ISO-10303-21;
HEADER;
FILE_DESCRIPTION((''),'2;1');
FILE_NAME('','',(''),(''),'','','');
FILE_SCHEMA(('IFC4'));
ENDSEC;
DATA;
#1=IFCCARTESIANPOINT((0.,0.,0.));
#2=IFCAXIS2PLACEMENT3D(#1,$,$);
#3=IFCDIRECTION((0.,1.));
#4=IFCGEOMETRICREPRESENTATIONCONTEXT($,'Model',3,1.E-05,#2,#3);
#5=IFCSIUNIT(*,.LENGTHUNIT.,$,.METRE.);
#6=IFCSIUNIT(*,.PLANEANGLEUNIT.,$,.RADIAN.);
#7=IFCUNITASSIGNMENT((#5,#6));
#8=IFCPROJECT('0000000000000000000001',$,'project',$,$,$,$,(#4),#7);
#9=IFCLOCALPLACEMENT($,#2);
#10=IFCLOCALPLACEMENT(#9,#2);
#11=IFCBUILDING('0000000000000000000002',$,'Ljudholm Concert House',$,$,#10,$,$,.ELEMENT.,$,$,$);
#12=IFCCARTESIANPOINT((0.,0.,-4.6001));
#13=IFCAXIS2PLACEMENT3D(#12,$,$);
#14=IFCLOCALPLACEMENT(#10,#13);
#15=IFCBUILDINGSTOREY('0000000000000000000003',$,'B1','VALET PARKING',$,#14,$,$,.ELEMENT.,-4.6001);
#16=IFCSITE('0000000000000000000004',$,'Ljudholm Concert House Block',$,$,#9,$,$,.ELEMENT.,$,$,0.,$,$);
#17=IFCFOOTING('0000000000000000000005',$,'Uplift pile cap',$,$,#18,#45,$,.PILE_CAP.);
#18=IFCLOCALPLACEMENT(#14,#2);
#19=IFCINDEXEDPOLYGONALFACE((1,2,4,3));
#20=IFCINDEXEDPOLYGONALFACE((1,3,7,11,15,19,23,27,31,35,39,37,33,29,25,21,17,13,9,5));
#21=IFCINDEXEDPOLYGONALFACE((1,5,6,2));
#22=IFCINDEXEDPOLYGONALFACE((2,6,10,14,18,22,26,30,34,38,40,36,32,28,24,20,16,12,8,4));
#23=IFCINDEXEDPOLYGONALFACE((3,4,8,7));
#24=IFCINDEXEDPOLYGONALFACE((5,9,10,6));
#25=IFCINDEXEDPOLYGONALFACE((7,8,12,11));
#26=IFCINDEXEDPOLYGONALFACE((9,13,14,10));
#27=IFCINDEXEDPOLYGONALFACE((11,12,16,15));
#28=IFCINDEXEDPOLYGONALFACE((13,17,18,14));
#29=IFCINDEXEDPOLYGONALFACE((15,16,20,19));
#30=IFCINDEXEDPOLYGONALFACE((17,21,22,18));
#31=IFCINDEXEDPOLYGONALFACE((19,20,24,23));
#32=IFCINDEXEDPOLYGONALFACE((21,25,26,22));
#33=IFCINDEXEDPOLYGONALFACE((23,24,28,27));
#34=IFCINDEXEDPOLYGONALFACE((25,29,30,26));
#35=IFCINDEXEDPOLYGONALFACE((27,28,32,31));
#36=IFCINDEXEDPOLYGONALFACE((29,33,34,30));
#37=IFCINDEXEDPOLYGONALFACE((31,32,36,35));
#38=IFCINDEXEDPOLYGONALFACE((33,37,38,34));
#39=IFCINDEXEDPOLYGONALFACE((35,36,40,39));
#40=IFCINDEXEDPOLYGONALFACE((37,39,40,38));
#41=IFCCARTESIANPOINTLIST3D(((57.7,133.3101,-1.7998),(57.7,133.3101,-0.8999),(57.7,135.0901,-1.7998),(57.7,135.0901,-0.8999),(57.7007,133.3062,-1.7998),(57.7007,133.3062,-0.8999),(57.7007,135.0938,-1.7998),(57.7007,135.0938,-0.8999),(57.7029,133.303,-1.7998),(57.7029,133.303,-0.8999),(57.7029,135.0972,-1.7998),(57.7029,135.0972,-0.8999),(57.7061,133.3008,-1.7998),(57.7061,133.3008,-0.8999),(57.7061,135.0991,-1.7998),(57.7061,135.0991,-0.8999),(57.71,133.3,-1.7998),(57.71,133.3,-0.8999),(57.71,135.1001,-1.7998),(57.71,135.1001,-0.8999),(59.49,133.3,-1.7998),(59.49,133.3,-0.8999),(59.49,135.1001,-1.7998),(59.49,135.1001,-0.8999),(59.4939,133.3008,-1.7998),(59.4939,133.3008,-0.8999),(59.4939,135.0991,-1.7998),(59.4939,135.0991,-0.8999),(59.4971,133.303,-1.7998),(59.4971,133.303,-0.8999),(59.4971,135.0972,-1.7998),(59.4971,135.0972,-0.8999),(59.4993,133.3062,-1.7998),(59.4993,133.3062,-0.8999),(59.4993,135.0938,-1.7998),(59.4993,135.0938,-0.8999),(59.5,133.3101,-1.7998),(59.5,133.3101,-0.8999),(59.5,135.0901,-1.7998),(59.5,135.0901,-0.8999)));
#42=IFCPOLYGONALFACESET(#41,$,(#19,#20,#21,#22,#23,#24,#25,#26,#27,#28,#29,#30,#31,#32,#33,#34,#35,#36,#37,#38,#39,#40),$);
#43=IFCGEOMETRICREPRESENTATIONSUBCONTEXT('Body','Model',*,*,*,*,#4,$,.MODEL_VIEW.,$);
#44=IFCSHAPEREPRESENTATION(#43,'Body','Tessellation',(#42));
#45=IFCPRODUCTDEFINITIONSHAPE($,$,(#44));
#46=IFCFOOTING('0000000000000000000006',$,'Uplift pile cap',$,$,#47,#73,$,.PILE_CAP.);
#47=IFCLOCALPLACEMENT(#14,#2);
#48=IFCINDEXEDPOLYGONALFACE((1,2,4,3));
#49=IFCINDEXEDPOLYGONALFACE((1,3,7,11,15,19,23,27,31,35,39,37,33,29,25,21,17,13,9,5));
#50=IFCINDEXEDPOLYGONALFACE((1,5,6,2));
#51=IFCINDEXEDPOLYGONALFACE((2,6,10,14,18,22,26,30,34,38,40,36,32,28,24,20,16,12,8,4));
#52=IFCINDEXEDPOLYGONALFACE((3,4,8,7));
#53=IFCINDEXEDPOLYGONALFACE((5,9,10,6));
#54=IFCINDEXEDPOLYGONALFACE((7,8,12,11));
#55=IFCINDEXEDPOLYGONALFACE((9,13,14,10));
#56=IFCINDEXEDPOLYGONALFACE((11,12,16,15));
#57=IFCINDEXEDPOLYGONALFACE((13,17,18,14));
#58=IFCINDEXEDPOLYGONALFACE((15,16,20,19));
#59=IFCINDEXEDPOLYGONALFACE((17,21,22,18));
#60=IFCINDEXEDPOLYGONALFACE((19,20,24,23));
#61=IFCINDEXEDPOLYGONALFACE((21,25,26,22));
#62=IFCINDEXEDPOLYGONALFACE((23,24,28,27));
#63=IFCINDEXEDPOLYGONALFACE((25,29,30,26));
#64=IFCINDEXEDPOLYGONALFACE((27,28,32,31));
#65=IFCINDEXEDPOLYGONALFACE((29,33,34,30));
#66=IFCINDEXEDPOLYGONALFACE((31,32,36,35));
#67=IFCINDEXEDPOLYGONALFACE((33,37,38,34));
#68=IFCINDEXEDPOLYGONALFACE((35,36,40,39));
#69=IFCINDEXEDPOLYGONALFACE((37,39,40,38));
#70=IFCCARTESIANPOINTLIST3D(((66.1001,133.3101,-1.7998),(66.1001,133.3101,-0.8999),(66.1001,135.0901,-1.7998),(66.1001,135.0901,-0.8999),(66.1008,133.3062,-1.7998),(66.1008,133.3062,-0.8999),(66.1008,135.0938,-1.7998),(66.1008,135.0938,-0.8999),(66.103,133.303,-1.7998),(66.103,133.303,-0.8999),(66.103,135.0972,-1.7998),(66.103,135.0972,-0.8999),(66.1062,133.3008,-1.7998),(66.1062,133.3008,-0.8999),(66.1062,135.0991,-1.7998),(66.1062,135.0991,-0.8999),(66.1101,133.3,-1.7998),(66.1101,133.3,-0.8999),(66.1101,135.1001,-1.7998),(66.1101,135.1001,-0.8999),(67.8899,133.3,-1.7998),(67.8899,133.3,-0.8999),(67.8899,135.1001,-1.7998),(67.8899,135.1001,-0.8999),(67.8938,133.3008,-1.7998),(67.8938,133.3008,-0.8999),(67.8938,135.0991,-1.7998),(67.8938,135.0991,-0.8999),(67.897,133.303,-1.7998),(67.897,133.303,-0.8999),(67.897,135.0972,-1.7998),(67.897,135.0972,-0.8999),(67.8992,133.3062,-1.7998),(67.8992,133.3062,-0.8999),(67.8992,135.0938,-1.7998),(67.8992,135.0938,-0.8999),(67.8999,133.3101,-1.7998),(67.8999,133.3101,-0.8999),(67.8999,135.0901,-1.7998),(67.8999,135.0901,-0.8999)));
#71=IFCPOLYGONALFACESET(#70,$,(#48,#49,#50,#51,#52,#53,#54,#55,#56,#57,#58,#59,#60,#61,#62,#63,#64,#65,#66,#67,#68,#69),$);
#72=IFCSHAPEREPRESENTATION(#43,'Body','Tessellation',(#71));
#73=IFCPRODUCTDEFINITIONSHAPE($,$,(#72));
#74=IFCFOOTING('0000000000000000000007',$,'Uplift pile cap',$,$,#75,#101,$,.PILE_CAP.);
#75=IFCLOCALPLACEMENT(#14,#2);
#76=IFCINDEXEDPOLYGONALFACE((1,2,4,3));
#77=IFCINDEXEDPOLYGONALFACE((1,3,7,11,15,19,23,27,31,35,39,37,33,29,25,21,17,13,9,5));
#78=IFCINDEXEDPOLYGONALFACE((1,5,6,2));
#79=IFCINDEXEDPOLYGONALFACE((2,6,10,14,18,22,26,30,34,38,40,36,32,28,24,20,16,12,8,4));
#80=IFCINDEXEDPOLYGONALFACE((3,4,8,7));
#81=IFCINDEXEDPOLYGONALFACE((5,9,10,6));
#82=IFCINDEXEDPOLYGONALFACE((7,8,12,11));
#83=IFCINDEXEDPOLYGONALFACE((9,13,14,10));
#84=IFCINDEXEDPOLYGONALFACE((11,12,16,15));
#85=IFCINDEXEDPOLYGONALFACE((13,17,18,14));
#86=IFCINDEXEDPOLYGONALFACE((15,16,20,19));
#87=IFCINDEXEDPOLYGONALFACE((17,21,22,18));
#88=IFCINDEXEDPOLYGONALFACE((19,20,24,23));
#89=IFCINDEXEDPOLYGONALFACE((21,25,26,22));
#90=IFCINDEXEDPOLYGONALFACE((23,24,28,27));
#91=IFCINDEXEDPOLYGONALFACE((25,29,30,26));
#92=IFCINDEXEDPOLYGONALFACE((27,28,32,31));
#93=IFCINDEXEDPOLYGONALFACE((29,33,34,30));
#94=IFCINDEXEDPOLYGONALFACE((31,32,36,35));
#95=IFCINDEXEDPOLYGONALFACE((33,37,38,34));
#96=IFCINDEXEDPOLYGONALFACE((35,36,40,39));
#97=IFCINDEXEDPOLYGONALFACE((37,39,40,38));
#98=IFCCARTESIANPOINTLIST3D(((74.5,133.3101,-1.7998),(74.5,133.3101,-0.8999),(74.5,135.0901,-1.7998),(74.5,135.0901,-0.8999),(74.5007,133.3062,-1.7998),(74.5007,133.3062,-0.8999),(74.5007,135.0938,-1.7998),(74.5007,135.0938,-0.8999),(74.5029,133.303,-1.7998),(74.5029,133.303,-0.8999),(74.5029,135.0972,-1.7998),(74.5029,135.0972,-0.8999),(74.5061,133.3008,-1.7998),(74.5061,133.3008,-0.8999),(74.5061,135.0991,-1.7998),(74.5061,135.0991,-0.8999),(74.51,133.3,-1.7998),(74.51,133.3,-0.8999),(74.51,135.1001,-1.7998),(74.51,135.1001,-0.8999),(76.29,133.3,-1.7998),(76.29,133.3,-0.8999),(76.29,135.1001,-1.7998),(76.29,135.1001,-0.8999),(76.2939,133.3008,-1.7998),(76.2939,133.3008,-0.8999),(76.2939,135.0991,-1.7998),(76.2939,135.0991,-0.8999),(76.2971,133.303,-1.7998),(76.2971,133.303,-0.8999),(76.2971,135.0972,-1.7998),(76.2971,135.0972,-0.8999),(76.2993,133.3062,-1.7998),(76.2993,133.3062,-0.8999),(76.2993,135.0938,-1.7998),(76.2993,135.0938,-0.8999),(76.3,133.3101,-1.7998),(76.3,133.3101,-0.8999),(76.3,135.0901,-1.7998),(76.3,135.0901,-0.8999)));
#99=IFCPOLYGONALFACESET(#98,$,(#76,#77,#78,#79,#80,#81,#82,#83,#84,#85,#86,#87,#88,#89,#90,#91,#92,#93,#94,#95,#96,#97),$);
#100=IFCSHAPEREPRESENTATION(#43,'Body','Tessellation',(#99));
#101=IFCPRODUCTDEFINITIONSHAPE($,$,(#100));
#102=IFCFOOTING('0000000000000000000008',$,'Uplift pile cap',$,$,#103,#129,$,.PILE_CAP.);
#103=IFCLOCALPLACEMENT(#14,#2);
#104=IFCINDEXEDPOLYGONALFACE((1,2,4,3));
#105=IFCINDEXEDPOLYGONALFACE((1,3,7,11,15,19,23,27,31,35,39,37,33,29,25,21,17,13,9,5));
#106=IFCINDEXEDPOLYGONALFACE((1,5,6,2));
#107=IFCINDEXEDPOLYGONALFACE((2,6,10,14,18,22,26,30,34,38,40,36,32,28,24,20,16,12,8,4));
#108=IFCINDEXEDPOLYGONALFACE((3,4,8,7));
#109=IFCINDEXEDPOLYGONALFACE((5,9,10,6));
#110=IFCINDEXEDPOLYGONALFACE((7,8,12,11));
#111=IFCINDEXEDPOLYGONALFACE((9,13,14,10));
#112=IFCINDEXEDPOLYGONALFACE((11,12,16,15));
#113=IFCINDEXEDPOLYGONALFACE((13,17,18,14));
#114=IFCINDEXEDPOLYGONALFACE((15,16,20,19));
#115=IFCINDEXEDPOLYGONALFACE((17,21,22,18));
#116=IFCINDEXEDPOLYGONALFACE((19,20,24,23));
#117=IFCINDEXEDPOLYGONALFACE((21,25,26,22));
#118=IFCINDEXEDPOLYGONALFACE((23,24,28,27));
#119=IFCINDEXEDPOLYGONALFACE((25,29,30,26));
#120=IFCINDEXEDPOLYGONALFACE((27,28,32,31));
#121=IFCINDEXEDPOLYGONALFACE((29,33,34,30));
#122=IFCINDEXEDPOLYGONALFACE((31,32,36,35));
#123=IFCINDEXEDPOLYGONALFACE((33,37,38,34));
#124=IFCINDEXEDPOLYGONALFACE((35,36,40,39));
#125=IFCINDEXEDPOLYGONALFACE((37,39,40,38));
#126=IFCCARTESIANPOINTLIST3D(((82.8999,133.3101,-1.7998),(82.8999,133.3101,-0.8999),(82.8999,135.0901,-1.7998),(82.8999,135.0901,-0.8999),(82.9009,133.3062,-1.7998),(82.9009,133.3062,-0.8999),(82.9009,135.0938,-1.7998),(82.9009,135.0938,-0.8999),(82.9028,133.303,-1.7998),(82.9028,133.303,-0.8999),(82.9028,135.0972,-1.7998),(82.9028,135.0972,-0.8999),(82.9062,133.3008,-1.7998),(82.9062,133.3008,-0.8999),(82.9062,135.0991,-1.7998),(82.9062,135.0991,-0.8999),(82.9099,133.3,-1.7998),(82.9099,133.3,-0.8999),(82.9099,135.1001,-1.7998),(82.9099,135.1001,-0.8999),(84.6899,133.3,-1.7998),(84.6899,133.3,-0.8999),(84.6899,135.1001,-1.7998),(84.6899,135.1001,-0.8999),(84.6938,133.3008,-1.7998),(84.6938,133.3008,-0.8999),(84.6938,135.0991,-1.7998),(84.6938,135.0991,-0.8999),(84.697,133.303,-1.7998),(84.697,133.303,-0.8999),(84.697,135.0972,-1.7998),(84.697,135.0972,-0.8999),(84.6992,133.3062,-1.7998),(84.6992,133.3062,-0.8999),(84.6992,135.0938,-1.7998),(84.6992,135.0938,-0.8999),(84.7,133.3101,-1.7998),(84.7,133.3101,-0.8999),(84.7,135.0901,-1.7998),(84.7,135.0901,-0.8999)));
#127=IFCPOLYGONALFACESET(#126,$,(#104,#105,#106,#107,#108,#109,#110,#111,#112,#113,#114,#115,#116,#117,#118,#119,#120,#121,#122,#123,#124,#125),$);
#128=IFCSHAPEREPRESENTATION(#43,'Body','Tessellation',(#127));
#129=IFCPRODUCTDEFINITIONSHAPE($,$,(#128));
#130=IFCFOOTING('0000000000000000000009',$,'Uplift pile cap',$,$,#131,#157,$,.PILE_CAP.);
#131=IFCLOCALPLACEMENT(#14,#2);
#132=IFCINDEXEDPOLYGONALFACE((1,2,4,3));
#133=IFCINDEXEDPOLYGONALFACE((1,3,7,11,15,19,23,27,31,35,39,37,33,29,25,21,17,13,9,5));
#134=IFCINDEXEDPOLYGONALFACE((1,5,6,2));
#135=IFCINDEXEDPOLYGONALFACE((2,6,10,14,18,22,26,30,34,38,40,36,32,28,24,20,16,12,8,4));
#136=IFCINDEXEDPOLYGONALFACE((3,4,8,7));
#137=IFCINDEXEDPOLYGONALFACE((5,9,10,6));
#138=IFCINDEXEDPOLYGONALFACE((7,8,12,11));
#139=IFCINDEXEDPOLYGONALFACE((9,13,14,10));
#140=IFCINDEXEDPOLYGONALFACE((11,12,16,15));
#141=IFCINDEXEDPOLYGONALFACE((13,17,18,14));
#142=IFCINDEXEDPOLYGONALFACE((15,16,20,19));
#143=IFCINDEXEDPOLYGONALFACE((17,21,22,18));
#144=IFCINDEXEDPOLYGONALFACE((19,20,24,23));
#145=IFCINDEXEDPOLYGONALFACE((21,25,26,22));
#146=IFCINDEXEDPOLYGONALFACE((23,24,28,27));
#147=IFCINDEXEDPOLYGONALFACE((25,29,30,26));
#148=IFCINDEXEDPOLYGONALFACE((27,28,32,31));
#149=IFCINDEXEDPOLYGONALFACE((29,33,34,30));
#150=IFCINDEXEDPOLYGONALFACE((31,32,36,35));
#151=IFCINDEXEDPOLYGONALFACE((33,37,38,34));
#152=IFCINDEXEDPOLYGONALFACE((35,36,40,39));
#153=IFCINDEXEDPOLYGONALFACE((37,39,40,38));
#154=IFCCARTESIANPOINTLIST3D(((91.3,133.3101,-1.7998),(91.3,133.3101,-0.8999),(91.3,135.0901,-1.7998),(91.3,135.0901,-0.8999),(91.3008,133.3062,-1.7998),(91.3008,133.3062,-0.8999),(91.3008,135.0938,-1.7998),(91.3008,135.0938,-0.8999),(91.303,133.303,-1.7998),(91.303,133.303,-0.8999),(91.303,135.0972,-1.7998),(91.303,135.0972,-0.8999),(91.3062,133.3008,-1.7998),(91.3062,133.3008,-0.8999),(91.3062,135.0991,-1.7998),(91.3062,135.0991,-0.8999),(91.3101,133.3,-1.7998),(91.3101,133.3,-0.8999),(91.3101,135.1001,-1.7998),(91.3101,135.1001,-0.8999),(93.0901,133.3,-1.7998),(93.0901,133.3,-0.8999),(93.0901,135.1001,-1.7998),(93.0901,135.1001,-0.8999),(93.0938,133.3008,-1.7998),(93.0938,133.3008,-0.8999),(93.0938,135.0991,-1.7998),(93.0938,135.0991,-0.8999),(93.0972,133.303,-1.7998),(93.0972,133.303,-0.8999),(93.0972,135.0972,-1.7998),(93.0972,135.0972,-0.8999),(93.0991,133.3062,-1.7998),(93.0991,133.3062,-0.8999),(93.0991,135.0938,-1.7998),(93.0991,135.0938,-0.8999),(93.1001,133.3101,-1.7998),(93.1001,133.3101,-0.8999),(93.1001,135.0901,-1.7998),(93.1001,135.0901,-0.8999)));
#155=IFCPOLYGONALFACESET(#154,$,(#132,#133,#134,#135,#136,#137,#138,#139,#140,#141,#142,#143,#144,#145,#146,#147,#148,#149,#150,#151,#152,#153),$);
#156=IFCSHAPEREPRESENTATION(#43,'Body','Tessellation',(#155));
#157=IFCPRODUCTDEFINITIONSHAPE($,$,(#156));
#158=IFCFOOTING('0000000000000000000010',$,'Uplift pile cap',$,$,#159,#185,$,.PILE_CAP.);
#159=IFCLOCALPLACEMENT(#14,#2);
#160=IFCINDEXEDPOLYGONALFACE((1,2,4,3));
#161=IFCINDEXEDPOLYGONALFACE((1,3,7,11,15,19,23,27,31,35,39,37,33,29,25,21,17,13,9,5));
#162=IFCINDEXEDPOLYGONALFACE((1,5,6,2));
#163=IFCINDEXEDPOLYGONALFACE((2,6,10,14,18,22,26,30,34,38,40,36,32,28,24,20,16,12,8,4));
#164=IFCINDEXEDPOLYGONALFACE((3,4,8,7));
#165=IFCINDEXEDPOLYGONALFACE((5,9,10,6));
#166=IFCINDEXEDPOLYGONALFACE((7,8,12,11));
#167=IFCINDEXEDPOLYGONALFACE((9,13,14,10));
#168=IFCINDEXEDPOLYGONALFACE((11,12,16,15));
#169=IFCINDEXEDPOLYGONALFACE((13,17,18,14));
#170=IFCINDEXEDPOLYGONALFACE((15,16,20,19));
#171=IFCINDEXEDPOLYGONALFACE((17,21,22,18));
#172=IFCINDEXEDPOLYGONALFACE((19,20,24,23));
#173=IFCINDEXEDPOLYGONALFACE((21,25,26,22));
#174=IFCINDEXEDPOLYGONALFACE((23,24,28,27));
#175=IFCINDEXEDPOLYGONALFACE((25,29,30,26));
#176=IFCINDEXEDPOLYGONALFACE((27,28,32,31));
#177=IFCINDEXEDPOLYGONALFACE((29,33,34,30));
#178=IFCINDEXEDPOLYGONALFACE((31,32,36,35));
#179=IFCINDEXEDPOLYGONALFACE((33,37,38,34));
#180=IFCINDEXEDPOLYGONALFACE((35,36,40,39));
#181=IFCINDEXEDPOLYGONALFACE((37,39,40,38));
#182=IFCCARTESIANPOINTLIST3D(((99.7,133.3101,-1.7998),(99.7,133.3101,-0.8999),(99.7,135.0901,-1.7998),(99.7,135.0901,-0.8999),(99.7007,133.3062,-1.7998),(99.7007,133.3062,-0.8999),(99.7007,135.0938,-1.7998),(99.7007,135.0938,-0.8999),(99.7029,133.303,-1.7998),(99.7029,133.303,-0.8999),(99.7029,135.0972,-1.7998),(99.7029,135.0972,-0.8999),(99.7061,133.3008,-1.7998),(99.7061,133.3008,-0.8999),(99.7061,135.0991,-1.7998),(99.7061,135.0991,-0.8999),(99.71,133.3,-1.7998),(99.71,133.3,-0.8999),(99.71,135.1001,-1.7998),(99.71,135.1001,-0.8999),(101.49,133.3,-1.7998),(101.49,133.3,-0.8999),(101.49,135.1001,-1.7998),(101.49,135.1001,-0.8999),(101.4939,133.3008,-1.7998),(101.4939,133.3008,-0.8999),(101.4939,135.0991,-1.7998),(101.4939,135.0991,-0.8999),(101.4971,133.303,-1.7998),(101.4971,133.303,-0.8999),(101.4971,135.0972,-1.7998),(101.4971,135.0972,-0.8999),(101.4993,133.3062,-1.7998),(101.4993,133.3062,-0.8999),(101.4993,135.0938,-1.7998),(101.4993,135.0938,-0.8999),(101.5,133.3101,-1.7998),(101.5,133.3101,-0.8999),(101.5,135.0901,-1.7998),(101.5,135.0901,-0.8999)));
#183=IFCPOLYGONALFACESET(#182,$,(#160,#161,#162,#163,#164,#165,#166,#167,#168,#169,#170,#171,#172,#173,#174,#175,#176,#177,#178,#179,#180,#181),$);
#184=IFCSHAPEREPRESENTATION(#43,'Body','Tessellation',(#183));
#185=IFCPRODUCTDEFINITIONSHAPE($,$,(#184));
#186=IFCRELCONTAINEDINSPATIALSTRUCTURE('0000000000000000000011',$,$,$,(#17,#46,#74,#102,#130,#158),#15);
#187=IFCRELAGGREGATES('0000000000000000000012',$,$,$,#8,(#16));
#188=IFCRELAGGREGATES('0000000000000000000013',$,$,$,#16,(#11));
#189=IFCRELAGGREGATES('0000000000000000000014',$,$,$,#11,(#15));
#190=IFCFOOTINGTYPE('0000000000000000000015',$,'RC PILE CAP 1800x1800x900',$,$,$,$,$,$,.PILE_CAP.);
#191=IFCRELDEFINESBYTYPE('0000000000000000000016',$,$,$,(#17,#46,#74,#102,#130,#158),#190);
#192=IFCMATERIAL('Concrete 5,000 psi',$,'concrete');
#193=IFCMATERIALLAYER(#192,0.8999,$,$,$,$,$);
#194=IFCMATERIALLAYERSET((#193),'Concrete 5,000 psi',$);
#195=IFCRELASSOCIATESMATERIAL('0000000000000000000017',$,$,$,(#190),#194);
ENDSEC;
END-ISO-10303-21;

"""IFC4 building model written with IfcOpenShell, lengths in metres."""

from ifc_helpers import new_model, si_unit, direction, frame, origin, place, context, subcontext, project, spatial, polyline, outline, extrude, material, layer, layer_set, type_object, element, save


model = new_model("IFC4")

# Units and contexts
model_context = context("Model", 3, precision=1e-05, world=origin(), true_north=direction((0.0, 1.0)))
body_context = subcontext(model_context, "Body", "Model", "MODEL_VIEW")
ifc_project = project(units=[si_unit("LENGTHUNIT", "METRE"), si_unit("PLANEANGLEUNIT", "RADIAN")], contexts=[model_context])

# Site, building, storey
site_placement = place(None, origin())
site = spatial("IfcSite", under=ifc_project, at=site_placement, Name="Ljudholm Concert House Block", CompositionType="ELEMENT", RefElevation=0.0)
building_placement = place(site_placement, origin())
building = spatial("IfcBuilding", under=site, at=building_placement, Name="Ljudholm Concert House", CompositionType="ELEMENT")
storey_placement = place(building_placement, frame((0.0, 0.0, -4.6001)))
storey = spatial("IfcBuildingStorey", under=building, at=storey_placement, Name="B1", Description="VALET PARKING", CompositionType="ELEMENT", Elevation=-4.6001)

# Footings
ifc_material_1 = material(Name="Concrete 5,000 psi", Category="concrete")
ifc_layer_1 = layer(ifc_material_1, 0.8999)
ifc_layer_set_1 = layer_set([ifc_layer_1], Name="Concrete 5,000 psi")
footing_type_1 = type_object("IfcFootingType", Name="RC PILE CAP 1800x1800x900", PredefinedType="PILE_CAP", material=ifc_layer_set_1)
footing_1_placement = place(storey_placement, frame((0.0, 0.0, -1.7998)))
element("IfcFooting", 1, at=footing_1_placement, inside=storey, type_object=footing_type_1, Name="Uplift pile cap", PredefinedType="PILE_CAP", context=body_context, shape_type="SweptSolid", body=[
    extrude(outline(polyline([(57.71, 133.3), (59.49, 133.3), (59.4939, 133.3008), (59.4971, 133.303), (59.4993, 133.3062), (59.5, 133.3101), (59.5, 135.0901), (59.4993, 135.0938), (59.4971, 135.0972), (59.4939, 135.0991), (59.49, 135.1001), (57.71, 135.1001), (57.7061, 135.0991), (57.7029, 135.0972), (57.7007, 135.0938), (57.7, 135.0901), (57.7, 133.3101), (57.7007, 133.3062), (57.7029, 133.303), (57.7061, 133.3008), (57.71, 133.3)])), origin(), (0.0, 0.0, 1.0), 0.8999),
])
footing_2_placement = place(storey_placement, frame((0.0, 0.0, -1.7998)))
element("IfcFooting", 2, at=footing_2_placement, inside=storey, type_object=footing_type_1, Name="Uplift pile cap", PredefinedType="PILE_CAP", context=body_context, shape_type="SweptSolid", body=[
    extrude(outline(polyline([(66.1101, 133.3), (67.8899, 133.3), (67.8938, 133.3008), (67.897, 133.303), (67.8992, 133.3062), (67.8999, 133.3101), (67.8999, 135.0901), (67.8992, 135.0938), (67.897, 135.0972), (67.8938, 135.0991), (67.8899, 135.1001), (66.1101, 135.1001), (66.1062, 135.0991), (66.103, 135.0972), (66.1008, 135.0938), (66.1001, 135.0901), (66.1001, 133.3101), (66.1008, 133.3062), (66.103, 133.303), (66.1062, 133.3008), (66.1101, 133.3)])), origin(), (0.0, 0.0, 1.0), 0.8999),
])
footing_3_placement = place(storey_placement, frame((0.0, 0.0, -1.7998)))
element("IfcFooting", 3, at=footing_3_placement, inside=storey, type_object=footing_type_1, Name="Uplift pile cap", PredefinedType="PILE_CAP", context=body_context, shape_type="SweptSolid", body=[
    extrude(outline(polyline([(74.51, 133.3), (76.29, 133.3), (76.2939, 133.3008), (76.2971, 133.303), (76.2993, 133.3062), (76.3, 133.3101), (76.3, 135.0901), (76.2993, 135.0938), (76.2971, 135.0972), (76.2939, 135.0991), (76.29, 135.1001), (74.51, 135.1001), (74.5061, 135.0991), (74.5029, 135.0972), (74.5007, 135.0938), (74.5, 135.0901), (74.5, 133.3101), (74.5007, 133.3062), (74.5029, 133.303), (74.5061, 133.3008), (74.51, 133.3)])), origin(), (0.0, 0.0, 1.0), 0.8999),
])
footing_4_placement = place(storey_placement, frame((0.0, 0.0, -1.7998)))
element("IfcFooting", 4, at=footing_4_placement, inside=storey, type_object=footing_type_1, Name="Uplift pile cap", PredefinedType="PILE_CAP", context=body_context, shape_type="SweptSolid", body=[
    extrude(outline(polyline([(82.9099, 133.3), (84.6899, 133.3), (84.6938, 133.3008), (84.697, 133.303), (84.6992, 133.3062), (84.7, 133.3101), (84.7, 135.0901), (84.6992, 135.0938), (84.697, 135.0972), (84.6938, 135.0991), (84.6899, 135.1001), (82.9099, 135.1001), (82.9062, 135.0991), (82.9028, 135.0972), (82.9009, 135.0938), (82.8999, 135.0901), (82.8999, 133.3101), (82.9009, 133.3062), (82.9028, 133.303), (82.9062, 133.3008), (82.9099, 133.3)])), origin(), (0.0, 0.0, 1.0), 0.8999),
])
footing_5_placement = place(storey_placement, frame((0.0, 0.0, -1.7998)))
element("IfcFooting", 5, at=footing_5_placement, inside=storey, type_object=footing_type_1, Name="Uplift pile cap", PredefinedType="PILE_CAP", context=body_context, shape_type="SweptSolid", body=[
    extrude(outline(polyline([(91.3101, 133.3), (93.0901, 133.3), (93.0938, 133.3008), (93.0972, 133.303), (93.0991, 133.3062), (93.1001, 133.3101), (93.1001, 135.0901), (93.0991, 135.0938), (93.0972, 135.0972), (93.0938, 135.0991), (93.0901, 135.1001), (91.3101, 135.1001), (91.3062, 135.0991), (91.303, 135.0972), (91.3008, 135.0938), (91.3, 135.0901), (91.3, 133.3101), (91.3008, 133.3062), (91.303, 133.303), (91.3062, 133.3008), (91.3101, 133.3)])), origin(), (0.0, 0.0, 1.0), 0.8999),
])
footing_6_placement = place(storey_placement, frame((0.0, 0.0, -1.7998)))
element("IfcFooting", 6, at=footing_6_placement, inside=storey, type_object=footing_type_1, Name="Uplift pile cap", PredefinedType="PILE_CAP", context=body_context, shape_type="SweptSolid", body=[
    extrude(outline(polyline([(99.71, 133.3), (101.49, 133.3), (101.4939, 133.3008), (101.4971, 133.303), (101.4993, 133.3062), (101.5, 133.3101), (101.5, 135.0901), (101.4993, 135.0938), (101.4971, 135.0972), (101.4939, 135.0991), (101.49, 135.1001), (99.71, 135.1001), (99.7061, 135.0991), (99.7029, 135.0972), (99.7007, 135.0938), (99.7, 135.0901), (99.7, 133.3101), (99.7007, 133.3062), (99.7029, 133.303), (99.7061, 133.3008), (99.71, 133.3)])), origin(), (0.0, 0.0, 1.0), 0.8999),
])

save(model, "model.ifc")
